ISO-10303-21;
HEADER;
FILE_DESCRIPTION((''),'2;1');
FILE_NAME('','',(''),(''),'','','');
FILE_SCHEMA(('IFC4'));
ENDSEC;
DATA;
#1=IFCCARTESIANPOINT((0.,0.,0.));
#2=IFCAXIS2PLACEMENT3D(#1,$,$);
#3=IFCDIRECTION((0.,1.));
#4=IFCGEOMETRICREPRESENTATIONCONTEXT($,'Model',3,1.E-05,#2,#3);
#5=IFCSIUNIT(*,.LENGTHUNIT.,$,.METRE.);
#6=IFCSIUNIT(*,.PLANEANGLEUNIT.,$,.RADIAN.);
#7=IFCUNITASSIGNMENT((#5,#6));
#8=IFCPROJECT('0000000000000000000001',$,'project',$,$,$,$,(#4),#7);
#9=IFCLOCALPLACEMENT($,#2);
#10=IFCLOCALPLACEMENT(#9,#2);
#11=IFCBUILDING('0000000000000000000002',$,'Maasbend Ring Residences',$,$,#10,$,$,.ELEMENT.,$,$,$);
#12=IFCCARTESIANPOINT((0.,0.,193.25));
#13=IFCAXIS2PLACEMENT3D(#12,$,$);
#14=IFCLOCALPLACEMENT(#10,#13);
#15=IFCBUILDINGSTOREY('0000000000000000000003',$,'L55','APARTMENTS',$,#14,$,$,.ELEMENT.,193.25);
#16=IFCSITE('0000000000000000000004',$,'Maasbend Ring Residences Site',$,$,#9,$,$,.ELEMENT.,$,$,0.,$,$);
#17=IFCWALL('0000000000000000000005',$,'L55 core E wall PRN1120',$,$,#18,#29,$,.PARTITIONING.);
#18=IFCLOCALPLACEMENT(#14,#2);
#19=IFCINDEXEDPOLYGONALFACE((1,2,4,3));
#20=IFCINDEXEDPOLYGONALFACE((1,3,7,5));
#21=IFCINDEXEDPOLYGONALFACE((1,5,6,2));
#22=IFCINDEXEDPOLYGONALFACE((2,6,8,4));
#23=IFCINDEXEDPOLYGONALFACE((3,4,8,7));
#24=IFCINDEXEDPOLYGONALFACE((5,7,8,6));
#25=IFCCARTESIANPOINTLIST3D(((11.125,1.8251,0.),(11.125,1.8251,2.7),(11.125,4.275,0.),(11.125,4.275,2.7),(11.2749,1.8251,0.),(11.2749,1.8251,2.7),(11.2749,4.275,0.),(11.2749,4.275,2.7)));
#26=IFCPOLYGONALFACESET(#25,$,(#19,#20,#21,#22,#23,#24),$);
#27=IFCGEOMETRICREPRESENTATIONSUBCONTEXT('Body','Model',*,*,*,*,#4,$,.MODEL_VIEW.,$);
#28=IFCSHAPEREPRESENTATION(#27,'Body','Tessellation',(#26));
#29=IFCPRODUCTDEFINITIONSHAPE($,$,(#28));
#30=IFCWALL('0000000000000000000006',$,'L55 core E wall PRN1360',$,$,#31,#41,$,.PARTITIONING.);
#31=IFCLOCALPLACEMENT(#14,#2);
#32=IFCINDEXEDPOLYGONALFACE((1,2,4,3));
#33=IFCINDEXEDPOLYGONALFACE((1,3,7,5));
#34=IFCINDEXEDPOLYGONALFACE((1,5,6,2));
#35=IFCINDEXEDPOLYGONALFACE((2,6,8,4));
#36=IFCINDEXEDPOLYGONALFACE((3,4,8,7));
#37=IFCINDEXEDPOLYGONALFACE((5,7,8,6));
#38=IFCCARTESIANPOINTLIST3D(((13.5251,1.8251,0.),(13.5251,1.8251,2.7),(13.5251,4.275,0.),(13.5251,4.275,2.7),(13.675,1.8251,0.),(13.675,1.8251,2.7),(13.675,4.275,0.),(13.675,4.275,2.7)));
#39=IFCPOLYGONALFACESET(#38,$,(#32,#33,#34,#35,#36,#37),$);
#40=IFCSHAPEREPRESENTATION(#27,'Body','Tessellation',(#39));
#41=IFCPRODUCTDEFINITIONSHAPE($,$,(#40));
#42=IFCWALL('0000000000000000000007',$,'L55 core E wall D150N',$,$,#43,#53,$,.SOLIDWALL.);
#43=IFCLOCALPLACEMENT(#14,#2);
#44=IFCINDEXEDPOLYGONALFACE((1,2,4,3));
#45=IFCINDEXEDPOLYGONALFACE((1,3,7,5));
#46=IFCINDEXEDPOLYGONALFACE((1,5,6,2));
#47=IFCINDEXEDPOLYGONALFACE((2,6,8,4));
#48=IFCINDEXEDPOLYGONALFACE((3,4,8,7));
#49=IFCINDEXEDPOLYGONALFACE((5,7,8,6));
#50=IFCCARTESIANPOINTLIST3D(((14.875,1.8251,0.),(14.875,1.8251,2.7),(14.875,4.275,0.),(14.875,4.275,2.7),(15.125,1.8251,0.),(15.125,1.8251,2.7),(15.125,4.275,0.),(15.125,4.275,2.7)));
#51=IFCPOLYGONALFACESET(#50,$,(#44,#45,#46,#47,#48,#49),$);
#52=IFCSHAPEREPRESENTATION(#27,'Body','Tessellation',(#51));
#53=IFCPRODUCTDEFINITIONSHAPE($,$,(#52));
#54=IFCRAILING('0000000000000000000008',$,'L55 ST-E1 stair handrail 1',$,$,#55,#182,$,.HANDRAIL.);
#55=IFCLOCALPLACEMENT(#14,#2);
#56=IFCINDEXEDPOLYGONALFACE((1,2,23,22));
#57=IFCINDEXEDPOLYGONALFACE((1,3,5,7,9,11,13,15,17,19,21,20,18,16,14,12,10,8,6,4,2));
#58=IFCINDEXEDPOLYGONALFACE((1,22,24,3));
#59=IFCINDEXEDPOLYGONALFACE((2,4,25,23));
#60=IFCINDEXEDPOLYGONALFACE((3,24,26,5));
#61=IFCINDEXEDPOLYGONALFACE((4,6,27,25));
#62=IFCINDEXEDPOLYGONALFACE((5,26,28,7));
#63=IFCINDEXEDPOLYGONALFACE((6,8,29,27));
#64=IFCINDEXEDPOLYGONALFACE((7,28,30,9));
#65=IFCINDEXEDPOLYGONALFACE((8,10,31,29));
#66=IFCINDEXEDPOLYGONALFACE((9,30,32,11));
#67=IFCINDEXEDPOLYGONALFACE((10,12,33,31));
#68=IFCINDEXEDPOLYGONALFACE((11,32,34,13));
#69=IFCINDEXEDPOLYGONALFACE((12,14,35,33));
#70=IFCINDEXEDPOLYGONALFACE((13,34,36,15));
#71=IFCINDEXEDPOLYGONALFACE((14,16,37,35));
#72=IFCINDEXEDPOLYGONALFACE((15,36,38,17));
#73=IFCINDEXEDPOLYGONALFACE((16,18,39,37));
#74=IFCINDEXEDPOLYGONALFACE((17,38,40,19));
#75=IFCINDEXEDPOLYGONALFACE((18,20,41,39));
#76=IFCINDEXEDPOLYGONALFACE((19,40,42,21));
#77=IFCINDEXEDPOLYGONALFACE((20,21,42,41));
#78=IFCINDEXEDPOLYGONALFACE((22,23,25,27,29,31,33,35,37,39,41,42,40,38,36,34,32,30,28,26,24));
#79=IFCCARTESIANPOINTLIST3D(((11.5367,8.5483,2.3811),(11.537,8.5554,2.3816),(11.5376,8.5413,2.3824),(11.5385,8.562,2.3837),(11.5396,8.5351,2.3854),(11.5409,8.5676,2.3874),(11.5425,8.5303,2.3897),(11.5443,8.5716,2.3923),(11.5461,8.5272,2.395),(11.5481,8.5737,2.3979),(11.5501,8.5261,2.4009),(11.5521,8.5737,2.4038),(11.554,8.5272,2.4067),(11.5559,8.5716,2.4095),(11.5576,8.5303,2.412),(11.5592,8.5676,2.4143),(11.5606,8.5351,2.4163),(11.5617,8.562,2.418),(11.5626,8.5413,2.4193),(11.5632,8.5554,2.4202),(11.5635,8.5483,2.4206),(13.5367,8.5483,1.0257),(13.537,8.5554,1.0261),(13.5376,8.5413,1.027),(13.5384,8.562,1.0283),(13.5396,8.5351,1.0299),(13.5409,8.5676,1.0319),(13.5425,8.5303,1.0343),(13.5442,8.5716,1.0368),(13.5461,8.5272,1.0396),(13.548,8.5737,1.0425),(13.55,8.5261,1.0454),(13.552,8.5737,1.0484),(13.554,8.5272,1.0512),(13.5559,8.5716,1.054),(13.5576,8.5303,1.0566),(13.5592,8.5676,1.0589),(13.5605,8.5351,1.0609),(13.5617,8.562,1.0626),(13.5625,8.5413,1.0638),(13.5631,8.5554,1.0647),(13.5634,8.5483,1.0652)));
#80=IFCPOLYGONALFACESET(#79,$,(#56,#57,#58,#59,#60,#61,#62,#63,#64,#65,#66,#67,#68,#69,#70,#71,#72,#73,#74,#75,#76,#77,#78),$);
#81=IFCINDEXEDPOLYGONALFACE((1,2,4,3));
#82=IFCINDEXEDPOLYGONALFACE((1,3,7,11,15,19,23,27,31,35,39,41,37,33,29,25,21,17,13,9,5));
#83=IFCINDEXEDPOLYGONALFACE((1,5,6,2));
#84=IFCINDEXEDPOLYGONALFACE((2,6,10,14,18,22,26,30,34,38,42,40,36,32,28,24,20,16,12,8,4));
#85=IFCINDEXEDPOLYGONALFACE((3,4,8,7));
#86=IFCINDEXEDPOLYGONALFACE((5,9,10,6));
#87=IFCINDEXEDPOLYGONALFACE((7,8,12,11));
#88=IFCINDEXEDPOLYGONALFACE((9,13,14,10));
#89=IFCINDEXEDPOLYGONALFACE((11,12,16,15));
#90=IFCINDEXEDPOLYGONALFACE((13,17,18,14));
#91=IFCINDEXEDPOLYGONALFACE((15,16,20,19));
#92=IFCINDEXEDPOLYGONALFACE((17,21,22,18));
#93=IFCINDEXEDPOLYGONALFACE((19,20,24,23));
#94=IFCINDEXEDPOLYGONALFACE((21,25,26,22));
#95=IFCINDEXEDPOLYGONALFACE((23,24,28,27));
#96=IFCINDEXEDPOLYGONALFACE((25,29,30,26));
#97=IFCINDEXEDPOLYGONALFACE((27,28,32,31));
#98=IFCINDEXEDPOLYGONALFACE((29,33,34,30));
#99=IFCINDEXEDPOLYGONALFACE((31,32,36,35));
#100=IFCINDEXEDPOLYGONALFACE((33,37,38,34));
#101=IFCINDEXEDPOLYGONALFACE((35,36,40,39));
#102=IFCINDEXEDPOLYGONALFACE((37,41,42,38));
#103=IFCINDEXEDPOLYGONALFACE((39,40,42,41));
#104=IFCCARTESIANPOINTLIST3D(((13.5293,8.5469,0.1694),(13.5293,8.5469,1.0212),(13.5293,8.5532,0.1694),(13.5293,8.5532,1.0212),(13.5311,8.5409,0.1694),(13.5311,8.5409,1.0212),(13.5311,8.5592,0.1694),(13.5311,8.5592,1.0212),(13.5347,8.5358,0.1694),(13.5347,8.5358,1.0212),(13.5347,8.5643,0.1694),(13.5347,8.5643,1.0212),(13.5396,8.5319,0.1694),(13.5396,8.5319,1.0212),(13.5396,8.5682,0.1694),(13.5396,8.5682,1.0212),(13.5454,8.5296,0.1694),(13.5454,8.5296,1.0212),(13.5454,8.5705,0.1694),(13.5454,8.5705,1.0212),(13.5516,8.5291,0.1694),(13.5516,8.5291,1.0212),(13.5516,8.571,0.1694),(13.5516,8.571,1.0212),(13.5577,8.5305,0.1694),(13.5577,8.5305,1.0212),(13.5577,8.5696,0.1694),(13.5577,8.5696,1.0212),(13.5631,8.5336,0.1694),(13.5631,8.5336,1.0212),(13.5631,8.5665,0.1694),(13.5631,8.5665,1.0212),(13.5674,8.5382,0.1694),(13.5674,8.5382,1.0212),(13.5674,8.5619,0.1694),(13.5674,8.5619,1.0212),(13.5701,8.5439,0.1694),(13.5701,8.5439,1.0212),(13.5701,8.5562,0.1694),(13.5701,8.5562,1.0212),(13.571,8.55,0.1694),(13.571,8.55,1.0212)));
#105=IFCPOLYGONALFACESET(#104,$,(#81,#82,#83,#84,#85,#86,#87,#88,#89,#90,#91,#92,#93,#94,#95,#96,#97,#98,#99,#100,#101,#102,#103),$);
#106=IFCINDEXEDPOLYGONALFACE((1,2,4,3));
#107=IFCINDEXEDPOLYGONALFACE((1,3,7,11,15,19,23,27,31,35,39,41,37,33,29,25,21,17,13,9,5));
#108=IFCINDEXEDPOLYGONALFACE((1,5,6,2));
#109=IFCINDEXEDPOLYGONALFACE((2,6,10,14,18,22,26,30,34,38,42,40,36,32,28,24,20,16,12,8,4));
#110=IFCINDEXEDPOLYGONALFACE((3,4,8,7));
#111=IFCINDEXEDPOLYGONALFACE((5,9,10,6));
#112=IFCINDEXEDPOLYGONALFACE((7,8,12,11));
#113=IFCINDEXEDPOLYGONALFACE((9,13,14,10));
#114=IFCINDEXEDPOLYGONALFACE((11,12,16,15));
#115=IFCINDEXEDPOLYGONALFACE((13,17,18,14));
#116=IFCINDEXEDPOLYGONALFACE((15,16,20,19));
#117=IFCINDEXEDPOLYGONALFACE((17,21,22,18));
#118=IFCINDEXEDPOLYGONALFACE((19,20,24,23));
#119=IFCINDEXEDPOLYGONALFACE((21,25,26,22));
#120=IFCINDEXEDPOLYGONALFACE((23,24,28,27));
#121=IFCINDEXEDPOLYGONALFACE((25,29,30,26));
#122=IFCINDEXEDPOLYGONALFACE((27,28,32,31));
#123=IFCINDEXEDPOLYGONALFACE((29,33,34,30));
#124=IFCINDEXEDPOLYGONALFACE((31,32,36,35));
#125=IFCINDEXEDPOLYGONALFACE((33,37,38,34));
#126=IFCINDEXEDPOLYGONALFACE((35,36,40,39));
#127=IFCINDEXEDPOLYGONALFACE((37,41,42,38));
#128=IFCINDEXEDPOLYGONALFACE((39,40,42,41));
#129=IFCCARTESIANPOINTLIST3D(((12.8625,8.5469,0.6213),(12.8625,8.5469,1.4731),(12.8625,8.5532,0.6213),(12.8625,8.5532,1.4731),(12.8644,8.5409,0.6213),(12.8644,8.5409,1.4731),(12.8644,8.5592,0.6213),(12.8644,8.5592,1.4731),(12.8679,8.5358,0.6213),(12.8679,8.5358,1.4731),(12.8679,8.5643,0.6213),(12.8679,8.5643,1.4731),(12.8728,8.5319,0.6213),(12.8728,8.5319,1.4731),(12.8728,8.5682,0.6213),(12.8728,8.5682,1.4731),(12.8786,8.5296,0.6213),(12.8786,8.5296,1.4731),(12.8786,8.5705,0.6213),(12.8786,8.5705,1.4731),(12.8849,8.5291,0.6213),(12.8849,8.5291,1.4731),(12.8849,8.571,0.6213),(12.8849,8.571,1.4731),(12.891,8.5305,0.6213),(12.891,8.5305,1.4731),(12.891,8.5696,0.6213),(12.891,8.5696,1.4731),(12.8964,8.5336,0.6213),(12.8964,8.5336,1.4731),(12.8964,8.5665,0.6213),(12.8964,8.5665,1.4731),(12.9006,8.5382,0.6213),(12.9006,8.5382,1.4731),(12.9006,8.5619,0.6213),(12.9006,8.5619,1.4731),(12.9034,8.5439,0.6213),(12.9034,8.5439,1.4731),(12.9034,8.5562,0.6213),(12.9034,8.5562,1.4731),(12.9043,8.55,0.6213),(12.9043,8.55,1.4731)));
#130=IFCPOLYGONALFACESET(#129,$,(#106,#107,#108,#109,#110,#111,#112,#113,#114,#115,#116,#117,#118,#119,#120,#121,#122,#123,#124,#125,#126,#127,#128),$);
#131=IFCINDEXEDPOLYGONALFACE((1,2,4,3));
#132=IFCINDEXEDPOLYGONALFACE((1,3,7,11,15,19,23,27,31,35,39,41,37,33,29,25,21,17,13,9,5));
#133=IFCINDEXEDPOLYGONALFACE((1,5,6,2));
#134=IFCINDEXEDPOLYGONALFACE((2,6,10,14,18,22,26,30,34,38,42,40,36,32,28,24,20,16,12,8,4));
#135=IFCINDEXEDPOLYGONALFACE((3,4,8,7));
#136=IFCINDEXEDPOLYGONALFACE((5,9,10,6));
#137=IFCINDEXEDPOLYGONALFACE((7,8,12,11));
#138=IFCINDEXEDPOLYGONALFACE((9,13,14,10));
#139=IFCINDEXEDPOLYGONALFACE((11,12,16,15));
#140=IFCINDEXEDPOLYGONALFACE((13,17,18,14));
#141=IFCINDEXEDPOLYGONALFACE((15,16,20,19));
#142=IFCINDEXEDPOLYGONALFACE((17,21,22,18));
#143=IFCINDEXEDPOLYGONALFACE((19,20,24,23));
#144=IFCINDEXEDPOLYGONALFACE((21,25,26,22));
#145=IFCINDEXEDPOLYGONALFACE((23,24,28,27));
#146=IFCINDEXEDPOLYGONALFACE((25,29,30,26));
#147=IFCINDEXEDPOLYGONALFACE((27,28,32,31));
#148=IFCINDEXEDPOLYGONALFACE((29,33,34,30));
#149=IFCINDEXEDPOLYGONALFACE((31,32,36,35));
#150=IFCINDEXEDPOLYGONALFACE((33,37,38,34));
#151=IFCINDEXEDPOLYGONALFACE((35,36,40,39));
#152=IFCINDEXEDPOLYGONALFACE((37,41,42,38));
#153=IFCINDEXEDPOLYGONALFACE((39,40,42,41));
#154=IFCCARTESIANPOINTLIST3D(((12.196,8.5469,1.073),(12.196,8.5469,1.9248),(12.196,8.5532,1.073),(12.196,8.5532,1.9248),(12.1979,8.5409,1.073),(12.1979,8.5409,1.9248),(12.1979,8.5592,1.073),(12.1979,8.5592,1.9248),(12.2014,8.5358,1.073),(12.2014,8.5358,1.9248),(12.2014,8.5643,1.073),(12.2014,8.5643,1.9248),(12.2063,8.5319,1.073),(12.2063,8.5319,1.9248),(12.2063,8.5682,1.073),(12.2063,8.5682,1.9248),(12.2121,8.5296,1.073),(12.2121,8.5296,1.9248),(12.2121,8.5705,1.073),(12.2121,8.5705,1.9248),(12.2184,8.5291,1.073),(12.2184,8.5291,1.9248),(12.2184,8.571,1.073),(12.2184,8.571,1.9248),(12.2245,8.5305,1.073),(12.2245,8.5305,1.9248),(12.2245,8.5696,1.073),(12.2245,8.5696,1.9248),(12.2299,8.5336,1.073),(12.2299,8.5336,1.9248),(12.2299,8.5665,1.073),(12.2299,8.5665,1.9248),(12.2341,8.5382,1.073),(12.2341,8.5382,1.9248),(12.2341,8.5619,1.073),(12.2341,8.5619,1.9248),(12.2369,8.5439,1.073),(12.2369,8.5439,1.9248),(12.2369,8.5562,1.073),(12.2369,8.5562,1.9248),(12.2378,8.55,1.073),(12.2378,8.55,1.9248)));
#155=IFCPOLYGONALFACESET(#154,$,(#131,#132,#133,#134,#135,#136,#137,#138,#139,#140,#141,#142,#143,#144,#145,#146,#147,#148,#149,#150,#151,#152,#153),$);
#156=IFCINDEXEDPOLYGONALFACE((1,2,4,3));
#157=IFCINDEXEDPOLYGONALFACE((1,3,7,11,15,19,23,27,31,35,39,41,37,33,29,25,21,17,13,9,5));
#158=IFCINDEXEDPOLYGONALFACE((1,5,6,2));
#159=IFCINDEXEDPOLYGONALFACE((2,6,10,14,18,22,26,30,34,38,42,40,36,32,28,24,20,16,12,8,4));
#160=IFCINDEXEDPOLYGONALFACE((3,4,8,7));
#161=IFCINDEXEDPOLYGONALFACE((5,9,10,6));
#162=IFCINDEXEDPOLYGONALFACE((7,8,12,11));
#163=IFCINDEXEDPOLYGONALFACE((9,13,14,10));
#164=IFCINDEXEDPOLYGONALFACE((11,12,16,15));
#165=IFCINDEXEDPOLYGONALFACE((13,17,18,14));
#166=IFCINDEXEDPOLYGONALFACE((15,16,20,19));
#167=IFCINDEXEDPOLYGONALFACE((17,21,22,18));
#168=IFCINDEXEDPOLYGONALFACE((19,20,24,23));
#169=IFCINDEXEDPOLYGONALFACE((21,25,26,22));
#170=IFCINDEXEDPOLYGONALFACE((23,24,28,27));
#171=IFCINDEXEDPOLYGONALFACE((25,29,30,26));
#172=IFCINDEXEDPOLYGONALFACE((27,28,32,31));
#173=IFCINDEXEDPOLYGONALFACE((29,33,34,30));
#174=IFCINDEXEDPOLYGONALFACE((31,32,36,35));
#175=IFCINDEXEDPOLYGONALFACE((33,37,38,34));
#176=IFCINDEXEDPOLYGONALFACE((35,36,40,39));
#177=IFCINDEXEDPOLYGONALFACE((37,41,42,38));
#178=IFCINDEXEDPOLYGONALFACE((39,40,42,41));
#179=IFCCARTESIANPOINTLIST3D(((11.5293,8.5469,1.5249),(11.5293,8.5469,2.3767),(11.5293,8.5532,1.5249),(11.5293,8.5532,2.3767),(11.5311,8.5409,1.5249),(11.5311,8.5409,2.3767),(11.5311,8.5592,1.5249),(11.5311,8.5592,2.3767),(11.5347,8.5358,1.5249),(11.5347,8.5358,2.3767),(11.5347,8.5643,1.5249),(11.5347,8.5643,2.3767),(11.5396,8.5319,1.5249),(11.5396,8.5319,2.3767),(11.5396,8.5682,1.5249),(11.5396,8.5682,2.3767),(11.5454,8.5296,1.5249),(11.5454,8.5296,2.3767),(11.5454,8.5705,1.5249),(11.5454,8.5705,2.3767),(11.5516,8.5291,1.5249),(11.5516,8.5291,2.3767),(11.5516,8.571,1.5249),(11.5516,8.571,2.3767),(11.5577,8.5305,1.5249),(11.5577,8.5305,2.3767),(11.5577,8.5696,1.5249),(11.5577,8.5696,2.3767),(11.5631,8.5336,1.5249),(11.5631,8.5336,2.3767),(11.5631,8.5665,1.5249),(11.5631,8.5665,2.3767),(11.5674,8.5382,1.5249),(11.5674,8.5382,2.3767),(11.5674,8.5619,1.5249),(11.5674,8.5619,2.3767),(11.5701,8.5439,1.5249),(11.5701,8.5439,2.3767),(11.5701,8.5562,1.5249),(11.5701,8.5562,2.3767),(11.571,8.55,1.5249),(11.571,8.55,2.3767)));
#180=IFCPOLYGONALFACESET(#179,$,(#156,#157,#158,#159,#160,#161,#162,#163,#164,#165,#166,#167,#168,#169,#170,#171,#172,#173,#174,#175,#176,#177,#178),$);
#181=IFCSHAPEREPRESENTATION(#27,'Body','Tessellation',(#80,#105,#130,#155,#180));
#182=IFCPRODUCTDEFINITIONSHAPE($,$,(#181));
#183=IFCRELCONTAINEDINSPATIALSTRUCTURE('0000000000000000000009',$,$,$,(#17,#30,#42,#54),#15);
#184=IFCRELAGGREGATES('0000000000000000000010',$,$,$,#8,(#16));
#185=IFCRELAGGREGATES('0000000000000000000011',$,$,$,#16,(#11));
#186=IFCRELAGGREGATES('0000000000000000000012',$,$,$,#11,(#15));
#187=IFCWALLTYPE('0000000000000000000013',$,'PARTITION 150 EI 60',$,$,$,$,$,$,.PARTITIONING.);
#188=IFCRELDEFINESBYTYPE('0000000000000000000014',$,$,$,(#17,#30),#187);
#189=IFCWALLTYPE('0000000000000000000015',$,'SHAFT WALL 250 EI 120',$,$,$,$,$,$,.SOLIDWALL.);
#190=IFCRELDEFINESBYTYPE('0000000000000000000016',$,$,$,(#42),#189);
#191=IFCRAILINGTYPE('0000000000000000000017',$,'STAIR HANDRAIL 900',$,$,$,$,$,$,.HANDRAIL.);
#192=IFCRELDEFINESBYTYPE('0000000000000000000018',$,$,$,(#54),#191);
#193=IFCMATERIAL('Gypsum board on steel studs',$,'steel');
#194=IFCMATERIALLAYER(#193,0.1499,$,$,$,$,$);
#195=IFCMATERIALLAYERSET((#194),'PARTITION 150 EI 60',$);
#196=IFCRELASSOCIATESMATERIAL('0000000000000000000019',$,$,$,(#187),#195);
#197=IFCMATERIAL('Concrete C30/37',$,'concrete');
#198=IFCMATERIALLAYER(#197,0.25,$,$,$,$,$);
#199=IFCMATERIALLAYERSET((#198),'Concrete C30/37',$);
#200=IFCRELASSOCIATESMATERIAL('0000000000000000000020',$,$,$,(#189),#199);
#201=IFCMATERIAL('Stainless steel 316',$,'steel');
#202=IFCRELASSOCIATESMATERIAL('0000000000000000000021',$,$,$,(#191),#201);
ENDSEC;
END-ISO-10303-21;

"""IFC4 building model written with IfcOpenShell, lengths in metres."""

from ifc_helpers import new_model, si_unit, direction, frame, frame_2d, origin, origin_2d, place, context, subcontext, project, spatial, rectangle, circle, extrude, material, layer, layer_set, type_object, element, save


model = new_model("IFC4")

# Units and contexts
model_context = context("Model", 3, precision=1e-05, world=origin(), true_north=direction((0.0, 1.0)))
body_context = subcontext(model_context, "Body", "Model", "MODEL_VIEW")
ifc_project = project(units=[si_unit("LENGTHUNIT", "METRE"), si_unit("PLANEANGLEUNIT", "RADIAN")], contexts=[model_context])

# Site, building, storey
site_placement = place(None, origin())
site = spatial("IfcSite", under=ifc_project, at=site_placement, Name="Maasbend Ring Residences Site", CompositionType="ELEMENT", RefElevation=0.0)
building_placement = place(site_placement, origin())
building = spatial("IfcBuilding", under=site, at=building_placement, Name="Maasbend Ring Residences", CompositionType="ELEMENT")
storey_placement = place(building_placement, frame((0.0, 0.0, 193.25)))
storey = spatial("IfcBuildingStorey", under=building, at=storey_placement, Name="L55", Description="APARTMENTS", CompositionType="ELEMENT", Elevation=193.25)

# Walls
ifc_material_1 = material(Name="Gypsum board on steel studs", Category="steel")
ifc_layer_1 = layer(ifc_material_1, 0.1499)
ifc_layer_set_1 = layer_set([ifc_layer_1], Name="PARTITION 150 EI 60")
wall_type_1 = type_object("IfcWallType", Name="PARTITION 150 EI 60", PredefinedType="PARTITIONING", material=ifc_layer_set_1)
for number, where, z_axis, x_axis, name in (
    (1, (11.2, 1.825, 0.0), (0.0, 0.0, 1.0), (0.0, 1.0, 0.0), "L55 core E wall PRN1120"),
    (2, (13.6001, 1.825, 0.0), (0.0, 0.0, 1.0), (0.0, 1.0, 0.0), "L55 core E wall PRN1360"),
):
    element("IfcWall", number, at=place(storey_placement, frame(where, z_axis=z_axis, x_axis=x_axis)), inside=storey, type_object=wall_type_1, Name=name, PredefinedType="PARTITIONING", context=body_context, shape_type="SweptSolid", body=[
        extrude(rectangle(XDim=2.45, YDim=0.1499, at=frame_2d((1.2251, 0.0))), origin(), (0.0, 0.0, 1.0), 2.7),
    ])
ifc_material_2 = material(Name="Concrete C30/37", Category="concrete")
ifc_layer_2 = layer(ifc_material_2, 0.25)
ifc_layer_set_2 = layer_set([ifc_layer_2], Name="Concrete C30/37")
wall_type_2 = type_object("IfcWallType", Name="SHAFT WALL 250 EI 120", PredefinedType="SOLIDWALL", material=ifc_layer_set_2)
wall_1_placement = place(storey_placement, frame((15.0, 1.825, 0.0), z_axis=(0.0, 0.0, 1.0), x_axis=(0.0, 1.0, 0.0)))
element("IfcWall", 3, at=wall_1_placement, inside=storey, type_object=wall_type_2, Name="L55 core E wall D150N", PredefinedType="SOLIDWALL", context=body_context, shape_type="SweptSolid", body=[
    extrude(rectangle(XDim=2.45, YDim=0.25, at=frame_2d((1.2251, 0.0))), origin(), (0.0, 0.0, 1.0), 2.7),
])

# Railing
ifc_material_3 = material(Name="Stainless steel 316", Category="steel")
railing_type_1 = type_object("IfcRailingType", Name="STAIR HANDRAIL 900", PredefinedType="HANDRAIL", material=ifc_material_3)
railing_1_placement = place(storey_placement, frame((13.55, 8.55, 0.1694)))
element("IfcRailing", 4, at=railing_1_placement, inside=storey, type_object=railing_type_1, Name="L55 ST-E1 stair handrail 1", PredefinedType="HANDRAIL", context=body_context, shape_type="SweptSolid", body=[
    extrude(circle(Radius=0.0239, at=origin_2d()), frame((0.0, 0.0, 0.876), z_axis=(-0.827798, 0.0, 0.561027), x_axis=(0.0, -1.0, 0.0)), (0.0, 0.0, 1.0), 2.416),
    extrude(circle(Radius=0.021, at=origin_2d()), origin(), (0.0, 0.0, 1.0), 0.8518),
    extrude(circle(Radius=0.021, at=origin_2d()), frame((-0.6667, 0.0, 0.4519)), (0.0, 0.0, 1.0), 0.8518),
    extrude(circle(Radius=0.021, at=origin_2d()), frame((-1.3333, 0.0, 0.9036)), (0.0, 0.0, 1.0), 0.8518),
    extrude(circle(Radius=0.021, at=origin_2d()), frame((-2.0, 0.0, 1.3555)), (0.0, 0.0, 1.0), 0.8518),
])

save(model, "model.ifc")
